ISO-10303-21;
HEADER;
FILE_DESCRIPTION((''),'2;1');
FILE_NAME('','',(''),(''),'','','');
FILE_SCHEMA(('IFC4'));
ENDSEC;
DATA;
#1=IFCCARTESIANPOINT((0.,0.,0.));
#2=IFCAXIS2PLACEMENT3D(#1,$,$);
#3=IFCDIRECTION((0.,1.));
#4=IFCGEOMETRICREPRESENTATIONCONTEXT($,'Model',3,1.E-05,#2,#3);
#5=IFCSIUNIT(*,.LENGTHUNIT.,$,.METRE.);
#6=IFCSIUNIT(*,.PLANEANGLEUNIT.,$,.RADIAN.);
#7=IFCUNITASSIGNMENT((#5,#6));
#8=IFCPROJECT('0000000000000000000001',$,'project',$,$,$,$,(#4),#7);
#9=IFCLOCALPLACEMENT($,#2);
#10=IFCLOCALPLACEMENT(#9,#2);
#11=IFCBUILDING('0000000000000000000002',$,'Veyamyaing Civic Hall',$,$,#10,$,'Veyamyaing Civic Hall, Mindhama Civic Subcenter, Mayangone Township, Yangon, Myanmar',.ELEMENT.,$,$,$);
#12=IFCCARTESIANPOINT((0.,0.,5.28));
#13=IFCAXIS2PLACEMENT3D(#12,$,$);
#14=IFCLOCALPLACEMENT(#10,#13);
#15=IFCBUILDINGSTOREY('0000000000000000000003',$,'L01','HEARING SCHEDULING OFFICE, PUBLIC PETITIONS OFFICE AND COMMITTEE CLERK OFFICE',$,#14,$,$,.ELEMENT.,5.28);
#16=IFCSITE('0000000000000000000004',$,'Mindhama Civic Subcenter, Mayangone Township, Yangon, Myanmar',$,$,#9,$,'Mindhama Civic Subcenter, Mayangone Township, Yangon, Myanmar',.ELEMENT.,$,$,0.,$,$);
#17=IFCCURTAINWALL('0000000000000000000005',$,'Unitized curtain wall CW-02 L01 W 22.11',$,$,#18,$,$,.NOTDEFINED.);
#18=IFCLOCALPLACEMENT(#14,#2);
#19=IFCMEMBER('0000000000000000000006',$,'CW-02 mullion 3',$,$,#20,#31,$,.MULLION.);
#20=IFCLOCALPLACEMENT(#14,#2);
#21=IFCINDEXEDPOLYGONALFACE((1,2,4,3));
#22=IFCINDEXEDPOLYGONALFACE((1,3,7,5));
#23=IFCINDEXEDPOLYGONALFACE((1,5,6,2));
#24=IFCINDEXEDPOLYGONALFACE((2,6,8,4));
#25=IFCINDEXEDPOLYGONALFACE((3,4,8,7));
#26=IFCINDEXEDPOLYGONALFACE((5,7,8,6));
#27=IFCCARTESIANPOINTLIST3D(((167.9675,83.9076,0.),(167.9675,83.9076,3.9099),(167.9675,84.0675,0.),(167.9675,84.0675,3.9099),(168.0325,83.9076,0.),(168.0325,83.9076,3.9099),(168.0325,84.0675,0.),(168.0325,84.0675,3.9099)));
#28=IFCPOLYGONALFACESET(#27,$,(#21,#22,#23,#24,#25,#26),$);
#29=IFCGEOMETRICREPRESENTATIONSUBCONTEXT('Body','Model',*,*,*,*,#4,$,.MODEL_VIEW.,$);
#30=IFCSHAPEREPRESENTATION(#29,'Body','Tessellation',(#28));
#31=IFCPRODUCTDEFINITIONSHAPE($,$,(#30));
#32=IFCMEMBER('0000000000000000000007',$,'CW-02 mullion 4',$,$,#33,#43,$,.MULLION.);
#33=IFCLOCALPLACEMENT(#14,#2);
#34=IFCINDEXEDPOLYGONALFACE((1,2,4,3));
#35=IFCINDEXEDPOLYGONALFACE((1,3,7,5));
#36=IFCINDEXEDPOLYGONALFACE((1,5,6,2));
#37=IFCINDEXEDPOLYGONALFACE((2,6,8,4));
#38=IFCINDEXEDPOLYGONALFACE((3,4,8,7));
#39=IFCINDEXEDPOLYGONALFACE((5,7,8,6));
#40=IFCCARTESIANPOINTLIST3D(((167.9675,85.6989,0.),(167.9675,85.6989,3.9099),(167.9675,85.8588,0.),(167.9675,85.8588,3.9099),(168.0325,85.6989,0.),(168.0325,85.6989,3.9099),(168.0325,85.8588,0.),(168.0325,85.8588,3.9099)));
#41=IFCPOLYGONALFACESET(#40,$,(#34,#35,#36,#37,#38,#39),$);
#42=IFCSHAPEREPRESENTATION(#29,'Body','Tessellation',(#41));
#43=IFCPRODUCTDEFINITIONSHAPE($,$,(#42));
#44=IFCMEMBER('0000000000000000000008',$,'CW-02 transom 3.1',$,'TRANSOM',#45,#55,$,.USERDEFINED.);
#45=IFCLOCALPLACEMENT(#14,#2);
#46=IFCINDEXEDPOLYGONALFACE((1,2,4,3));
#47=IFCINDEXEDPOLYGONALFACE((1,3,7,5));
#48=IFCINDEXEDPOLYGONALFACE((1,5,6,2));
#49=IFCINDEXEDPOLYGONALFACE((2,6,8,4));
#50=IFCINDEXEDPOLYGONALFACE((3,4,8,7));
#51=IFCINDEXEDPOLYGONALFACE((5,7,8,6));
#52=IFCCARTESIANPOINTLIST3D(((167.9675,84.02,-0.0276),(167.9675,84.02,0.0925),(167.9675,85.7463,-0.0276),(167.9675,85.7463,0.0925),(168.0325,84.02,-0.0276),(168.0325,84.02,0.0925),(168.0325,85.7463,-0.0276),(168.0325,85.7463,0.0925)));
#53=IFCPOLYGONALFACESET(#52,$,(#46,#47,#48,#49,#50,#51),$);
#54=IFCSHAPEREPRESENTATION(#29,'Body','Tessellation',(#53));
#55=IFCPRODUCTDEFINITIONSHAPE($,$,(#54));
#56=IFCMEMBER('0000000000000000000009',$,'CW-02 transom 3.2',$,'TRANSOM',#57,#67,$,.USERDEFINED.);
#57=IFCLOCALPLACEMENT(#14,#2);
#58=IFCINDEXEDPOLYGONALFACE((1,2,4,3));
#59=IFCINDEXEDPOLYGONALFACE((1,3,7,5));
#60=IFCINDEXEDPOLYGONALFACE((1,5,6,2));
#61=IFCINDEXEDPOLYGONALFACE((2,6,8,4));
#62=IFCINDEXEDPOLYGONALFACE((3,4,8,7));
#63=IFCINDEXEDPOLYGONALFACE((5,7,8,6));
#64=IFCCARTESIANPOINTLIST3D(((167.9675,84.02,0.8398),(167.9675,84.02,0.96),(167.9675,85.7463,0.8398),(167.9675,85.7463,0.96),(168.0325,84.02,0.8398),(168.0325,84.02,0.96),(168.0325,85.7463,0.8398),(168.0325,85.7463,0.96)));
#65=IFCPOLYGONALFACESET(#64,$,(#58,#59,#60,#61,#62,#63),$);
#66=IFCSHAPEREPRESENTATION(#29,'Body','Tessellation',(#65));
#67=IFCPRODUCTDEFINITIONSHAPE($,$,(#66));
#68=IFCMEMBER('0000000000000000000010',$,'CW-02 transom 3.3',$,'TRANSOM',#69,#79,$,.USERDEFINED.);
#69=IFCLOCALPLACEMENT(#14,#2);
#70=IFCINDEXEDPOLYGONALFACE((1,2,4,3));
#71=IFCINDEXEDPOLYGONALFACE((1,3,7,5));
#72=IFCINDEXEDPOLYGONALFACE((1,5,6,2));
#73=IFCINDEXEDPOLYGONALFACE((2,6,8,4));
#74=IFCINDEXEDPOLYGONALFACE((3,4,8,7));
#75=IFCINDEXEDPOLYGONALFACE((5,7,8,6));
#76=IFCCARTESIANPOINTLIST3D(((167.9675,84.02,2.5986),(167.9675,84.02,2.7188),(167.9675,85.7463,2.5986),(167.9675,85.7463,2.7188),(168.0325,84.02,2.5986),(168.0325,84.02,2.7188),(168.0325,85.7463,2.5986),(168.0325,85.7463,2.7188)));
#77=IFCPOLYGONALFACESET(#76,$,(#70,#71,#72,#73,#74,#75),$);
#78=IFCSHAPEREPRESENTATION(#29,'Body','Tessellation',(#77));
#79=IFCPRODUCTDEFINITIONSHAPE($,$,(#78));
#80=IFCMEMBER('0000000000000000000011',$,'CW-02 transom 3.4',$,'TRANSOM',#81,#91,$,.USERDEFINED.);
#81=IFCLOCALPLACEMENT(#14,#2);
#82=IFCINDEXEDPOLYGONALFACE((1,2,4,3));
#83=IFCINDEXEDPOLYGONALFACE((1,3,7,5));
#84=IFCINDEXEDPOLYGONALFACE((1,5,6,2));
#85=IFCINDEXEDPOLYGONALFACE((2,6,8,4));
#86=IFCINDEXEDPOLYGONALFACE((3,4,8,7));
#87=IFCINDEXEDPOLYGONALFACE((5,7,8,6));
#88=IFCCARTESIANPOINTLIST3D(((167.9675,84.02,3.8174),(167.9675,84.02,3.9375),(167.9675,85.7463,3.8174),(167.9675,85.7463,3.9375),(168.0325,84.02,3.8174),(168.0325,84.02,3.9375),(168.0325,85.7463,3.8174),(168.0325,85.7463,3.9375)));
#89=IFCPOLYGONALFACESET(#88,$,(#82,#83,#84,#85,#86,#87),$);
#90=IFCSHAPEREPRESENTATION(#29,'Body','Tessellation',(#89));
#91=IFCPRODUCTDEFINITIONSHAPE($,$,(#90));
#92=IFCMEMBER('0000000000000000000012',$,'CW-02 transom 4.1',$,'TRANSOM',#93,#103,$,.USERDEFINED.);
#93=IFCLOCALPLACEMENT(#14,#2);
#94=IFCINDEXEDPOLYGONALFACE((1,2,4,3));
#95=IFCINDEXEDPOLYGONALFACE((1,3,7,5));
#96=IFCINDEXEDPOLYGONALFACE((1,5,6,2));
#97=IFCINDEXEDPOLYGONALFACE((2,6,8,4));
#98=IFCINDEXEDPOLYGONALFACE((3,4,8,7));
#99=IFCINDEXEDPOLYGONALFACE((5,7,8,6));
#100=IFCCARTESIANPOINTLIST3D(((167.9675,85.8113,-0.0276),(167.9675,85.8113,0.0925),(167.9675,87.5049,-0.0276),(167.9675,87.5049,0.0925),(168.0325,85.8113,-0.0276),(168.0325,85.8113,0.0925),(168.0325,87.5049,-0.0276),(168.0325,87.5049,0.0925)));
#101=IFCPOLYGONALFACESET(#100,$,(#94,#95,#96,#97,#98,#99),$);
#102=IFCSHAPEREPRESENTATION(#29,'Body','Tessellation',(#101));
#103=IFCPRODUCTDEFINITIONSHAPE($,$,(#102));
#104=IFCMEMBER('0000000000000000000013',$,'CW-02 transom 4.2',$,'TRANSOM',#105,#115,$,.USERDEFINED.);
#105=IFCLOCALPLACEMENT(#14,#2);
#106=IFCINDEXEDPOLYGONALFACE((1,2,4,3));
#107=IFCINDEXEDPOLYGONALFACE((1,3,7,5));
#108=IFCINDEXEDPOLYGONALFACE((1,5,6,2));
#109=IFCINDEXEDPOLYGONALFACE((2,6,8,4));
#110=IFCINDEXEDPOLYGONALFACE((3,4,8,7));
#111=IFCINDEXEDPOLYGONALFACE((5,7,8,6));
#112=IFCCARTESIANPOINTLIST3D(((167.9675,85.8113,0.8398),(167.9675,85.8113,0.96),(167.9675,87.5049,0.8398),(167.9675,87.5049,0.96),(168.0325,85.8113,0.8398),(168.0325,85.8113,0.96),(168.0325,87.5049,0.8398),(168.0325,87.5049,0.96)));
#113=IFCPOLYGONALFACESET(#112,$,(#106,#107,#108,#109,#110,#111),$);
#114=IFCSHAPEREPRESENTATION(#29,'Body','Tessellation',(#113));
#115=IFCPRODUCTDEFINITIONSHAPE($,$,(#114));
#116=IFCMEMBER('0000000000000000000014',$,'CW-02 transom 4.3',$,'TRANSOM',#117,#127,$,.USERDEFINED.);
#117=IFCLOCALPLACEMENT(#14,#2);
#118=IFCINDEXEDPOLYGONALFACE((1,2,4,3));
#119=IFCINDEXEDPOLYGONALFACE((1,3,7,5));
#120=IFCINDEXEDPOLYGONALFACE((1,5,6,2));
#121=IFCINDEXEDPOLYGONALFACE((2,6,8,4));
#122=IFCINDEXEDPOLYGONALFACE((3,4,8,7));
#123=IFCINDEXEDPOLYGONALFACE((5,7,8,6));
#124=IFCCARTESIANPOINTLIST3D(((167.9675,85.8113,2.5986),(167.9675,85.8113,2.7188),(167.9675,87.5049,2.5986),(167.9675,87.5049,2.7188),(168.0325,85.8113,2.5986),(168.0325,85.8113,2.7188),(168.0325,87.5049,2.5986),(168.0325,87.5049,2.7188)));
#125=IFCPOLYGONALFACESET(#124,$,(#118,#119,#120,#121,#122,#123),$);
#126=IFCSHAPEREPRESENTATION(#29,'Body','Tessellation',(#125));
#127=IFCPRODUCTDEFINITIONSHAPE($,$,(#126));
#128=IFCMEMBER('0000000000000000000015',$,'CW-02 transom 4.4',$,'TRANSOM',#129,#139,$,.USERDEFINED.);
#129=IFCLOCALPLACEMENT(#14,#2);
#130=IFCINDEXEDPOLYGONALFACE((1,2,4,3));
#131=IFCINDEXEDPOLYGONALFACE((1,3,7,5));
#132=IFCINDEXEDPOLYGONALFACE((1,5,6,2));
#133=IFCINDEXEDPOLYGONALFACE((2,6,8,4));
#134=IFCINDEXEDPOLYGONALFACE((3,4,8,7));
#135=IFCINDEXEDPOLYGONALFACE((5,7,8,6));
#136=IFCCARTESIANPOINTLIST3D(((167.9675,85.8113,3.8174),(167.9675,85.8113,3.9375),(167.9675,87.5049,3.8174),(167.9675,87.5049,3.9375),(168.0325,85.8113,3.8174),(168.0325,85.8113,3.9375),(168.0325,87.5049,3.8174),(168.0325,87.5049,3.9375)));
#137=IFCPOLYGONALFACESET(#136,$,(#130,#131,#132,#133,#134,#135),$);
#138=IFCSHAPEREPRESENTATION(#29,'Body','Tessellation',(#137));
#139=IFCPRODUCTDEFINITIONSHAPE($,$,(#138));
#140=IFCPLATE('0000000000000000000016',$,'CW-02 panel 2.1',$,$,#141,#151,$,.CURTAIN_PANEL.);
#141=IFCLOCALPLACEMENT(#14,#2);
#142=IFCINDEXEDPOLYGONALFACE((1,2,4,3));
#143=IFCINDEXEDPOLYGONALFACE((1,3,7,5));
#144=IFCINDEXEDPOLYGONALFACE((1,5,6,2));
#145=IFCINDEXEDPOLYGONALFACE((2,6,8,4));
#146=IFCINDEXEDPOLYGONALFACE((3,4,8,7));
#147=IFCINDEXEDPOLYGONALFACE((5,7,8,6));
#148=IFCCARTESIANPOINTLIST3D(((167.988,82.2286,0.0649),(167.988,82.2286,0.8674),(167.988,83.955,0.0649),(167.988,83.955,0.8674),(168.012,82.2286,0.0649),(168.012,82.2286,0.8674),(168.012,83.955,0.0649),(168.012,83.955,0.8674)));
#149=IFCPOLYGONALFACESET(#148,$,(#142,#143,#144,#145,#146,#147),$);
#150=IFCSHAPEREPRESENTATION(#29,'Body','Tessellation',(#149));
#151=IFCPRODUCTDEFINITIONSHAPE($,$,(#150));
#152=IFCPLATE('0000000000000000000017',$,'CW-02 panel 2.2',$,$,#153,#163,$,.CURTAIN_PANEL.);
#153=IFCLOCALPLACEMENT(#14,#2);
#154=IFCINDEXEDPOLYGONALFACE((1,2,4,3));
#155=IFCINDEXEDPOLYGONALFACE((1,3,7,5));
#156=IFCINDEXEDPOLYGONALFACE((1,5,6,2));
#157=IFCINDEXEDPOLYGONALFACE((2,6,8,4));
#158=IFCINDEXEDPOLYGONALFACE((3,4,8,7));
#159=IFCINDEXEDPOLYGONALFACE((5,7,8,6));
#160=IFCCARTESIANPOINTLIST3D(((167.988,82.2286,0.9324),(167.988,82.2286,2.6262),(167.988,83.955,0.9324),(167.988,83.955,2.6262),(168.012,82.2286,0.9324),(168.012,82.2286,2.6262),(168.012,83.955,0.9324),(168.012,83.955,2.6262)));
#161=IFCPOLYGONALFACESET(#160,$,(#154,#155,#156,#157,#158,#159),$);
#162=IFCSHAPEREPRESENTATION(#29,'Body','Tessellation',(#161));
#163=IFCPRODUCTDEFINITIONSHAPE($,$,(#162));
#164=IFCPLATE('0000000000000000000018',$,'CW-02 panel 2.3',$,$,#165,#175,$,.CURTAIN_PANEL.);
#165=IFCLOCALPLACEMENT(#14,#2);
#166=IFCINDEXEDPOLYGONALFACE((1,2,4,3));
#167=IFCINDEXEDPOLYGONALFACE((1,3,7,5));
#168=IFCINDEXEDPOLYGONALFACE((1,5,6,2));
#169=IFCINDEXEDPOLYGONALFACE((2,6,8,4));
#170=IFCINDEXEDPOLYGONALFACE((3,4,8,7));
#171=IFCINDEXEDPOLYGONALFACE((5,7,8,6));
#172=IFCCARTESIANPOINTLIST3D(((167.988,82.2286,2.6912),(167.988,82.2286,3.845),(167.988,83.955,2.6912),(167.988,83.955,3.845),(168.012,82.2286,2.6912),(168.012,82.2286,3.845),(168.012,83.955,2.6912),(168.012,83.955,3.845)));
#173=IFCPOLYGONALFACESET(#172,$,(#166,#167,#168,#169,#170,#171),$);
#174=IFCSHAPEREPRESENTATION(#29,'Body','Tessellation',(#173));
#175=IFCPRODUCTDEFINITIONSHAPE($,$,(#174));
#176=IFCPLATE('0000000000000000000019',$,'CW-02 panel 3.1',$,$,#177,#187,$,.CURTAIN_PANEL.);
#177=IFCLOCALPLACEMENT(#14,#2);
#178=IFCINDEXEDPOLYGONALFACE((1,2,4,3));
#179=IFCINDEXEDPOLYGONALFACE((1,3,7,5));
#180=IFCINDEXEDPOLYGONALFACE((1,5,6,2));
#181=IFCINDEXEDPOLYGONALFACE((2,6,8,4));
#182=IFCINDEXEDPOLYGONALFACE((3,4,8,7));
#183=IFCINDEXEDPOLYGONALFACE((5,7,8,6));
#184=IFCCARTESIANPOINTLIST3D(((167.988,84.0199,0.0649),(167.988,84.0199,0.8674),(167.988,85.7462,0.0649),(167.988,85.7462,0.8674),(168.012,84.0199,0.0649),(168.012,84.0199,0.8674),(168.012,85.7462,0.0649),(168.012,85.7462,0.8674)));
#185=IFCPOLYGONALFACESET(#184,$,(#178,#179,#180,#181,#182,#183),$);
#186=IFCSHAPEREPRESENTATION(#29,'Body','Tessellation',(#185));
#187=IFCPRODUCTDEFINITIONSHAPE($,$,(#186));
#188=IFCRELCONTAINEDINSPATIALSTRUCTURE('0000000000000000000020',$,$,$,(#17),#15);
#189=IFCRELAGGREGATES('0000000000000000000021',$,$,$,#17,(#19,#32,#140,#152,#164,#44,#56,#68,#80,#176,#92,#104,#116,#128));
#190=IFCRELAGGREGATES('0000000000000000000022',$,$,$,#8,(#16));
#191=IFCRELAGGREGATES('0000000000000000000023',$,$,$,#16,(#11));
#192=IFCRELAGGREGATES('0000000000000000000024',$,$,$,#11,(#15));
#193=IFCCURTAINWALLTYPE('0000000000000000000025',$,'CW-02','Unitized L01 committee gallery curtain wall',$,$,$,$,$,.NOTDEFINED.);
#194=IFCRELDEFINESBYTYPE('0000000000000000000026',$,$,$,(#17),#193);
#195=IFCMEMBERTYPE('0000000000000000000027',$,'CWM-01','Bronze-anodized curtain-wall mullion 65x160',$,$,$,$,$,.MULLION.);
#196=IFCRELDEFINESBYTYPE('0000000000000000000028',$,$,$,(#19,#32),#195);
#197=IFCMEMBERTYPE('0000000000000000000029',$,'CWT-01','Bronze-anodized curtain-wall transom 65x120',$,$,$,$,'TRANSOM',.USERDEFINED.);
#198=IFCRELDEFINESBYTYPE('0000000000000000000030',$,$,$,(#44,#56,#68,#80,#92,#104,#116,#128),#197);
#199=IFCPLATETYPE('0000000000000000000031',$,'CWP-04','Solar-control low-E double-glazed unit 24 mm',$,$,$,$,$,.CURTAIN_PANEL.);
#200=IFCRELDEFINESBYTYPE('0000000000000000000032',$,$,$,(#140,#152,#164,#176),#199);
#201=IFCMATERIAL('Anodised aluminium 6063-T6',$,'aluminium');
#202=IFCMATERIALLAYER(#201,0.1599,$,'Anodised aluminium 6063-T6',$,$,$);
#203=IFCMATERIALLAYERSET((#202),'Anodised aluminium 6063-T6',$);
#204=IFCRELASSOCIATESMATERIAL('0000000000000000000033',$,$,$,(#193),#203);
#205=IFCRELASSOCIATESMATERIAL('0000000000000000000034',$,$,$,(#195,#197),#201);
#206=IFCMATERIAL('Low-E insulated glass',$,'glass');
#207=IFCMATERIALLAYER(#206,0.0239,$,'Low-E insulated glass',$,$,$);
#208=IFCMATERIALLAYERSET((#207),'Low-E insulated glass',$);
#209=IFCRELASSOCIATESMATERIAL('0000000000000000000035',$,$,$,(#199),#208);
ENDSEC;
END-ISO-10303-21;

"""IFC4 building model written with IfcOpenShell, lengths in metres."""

from ifc_helpers import new_model, si_unit, direction, frame, origin, origin_2d, place, context, subcontext, project, spatial, rectangle, extrude, material, layer, layer_set, material_profile, profile_set, type_object, element, aggregate, save


model = new_model("IFC4")

# Units and contexts
model_context = context("Model", 3, precision=1e-05, world=origin(), true_north=direction((0.0, 1.0)))
body_context = subcontext(model_context, "Body", "Model", "MODEL_VIEW")
ifc_project = project(units=[si_unit("LENGTHUNIT", "METRE"), si_unit("PLANEANGLEUNIT", "RADIAN")], contexts=[model_context])

# Site, building, storey
site_placement = place(None, origin())
site = spatial("IfcSite", under=ifc_project, at=site_placement, Name="Mindhama Civic Subcenter, Mayangone Township, Yangon, Myanmar", LongName="Mindhama Civic Subcenter, Mayangone Township, Yangon, Myanmar", CompositionType="ELEMENT", RefElevation=0.0)
building_placement = place(site_placement, origin())
building = spatial("IfcBuilding", under=site, at=building_placement, Name="Veyamyaing Civic Hall", LongName="Veyamyaing Civic Hall, Mindhama Civic Subcenter, Mayangone Township, Yangon, Myanmar", CompositionType="ELEMENT")
storey_placement = place(building_placement, frame((0.0, 0.0, 5.28)))
storey = spatial("IfcBuildingStorey", under=building, at=storey_placement, Name="L01", Description="HEARING SCHEDULING OFFICE, PUBLIC PETITIONS OFFICE AND COMMITTEE CLERK OFFICE", CompositionType="ELEMENT", Elevation=5.28)

# Curtain wall, members, plates
ifc_material_1 = material(Name="Anodised aluminium 6063-T6", Category="aluminium")
ifc_layer_1 = layer(ifc_material_1, 0.1599, Name="Anodised aluminium 6063-T6")
ifc_layer_set_1 = layer_set([ifc_layer_1], Name="Anodised aluminium 6063-T6")
curtain_wall_type = type_object("IfcCurtainWallType", Name="CW-02", Description="Unitized L01 committee gallery curtain wall", PredefinedType="NOTDEFINED", material=ifc_layer_set_1)
curtain_wall_placement = place(storey_placement, origin())
curtain_wall = element("IfcCurtainWall", 1, at=curtain_wall_placement, inside=storey, type_object=curtain_wall_type, Name="Unitized curtain wall CW-02 L01 W 22.11", PredefinedType="NOTDEFINED")
ifc_material_profile_1 = material_profile(ifc_material_1, rectangle(XDim=0.0649, YDim=0.1599, at=origin_2d()), Name="ALU-MUL-65X160")
ifc_profile_set_1 = profile_set([ifc_material_profile_1], Name="Anodised aluminium 6063-T6")
member_type_1 = type_object("IfcMemberType", Name="CWM-01", Description="Bronze-anodized curtain-wall mullion 65x160", PredefinedType="MULLION", material=ifc_profile_set_1)
member_1_placement = place(storey_placement, frame((168.0, 83.9875, 0.0), z_axis=(0.0, 0.0, 1.0), x_axis=(-1.0, 0.0, 0.0)))
member_1 = element("IfcMember", 2, at=member_1_placement, type_object=member_type_1, Name="CW-02 mullion 3", PredefinedType="MULLION", context=body_context, shape_type="SweptSolid", body=[
    extrude(rectangle(XDim=0.0649, YDim=0.1599, at=origin_2d()), origin(), (0.0, 0.0, 1.0), 3.9099),
])
member_2_placement = place(storey_placement, frame((168.0, 85.7788, 0.0), z_axis=(0.0, 0.0, 1.0), x_axis=(-1.0, 0.0, 0.0)))
member_2 = element("IfcMember", 3, at=member_2_placement, type_object=member_type_1, Name="CW-02 mullion 4", PredefinedType="MULLION", context=body_context, shape_type="SweptSolid", body=[
    extrude(rectangle(XDim=0.0649, YDim=0.1599, at=origin_2d()), origin(), (0.0, 0.0, 1.0), 3.9099),
])
ifc_material_profile_2 = material_profile(ifc_material_1, rectangle(XDim=0.0649, YDim=0.1201, at=origin_2d()), Name="ALU-TRN-65X120")
ifc_profile_set_2 = profile_set([ifc_material_profile_2], Name="Anodised aluminium 6063-T6")
member_type_2 = type_object("IfcMemberType", Name="CWT-01", Description="Bronze-anodized curtain-wall transom 65x120", ElementType="TRANSOM", PredefinedType="USERDEFINED", material=ifc_profile_set_2)
member_3_placement = place(storey_placement, frame((168.0, 84.02, 0.0325), z_axis=(0.0, 1.0, 0.0), x_axis=(-1.0, 0.0, 0.0)))
member_3 = element("IfcMember", 4, at=member_3_placement, type_object=member_type_2, Name="CW-02 transom 3.1", ObjectType="TRANSOM", PredefinedType="USERDEFINED", context=body_context, shape_type="SweptSolid", body=[
    extrude(rectangle(XDim=0.0649, YDim=0.1201, at=origin_2d()), origin(), (0.0, 0.0, 1.0), 1.7263),
])
member_4_placement = place(storey_placement, frame((168.0, 84.02, 0.8999), z_axis=(0.0, 1.0, 0.0), x_axis=(-1.0, 0.0, 0.0)))
member_4 = element("IfcMember", 5, at=member_4_placement, type_object=member_type_2, Name="CW-02 transom 3.2", ObjectType="TRANSOM", PredefinedType="USERDEFINED", context=body_context, shape_type="SweptSolid", body=[
    extrude(rectangle(XDim=0.0649, YDim=0.1201, at=origin_2d()), origin(), (0.0, 0.0, 1.0), 1.7263),
])
member_5_placement = place(storey_placement, frame((168.0, 84.02, 2.6587), z_axis=(0.0, 1.0, 0.0), x_axis=(-1.0, 0.0, 0.0)))
member_5 = element("IfcMember", 6, at=member_5_placement, type_object=member_type_2, Name="CW-02 transom 3.3", ObjectType="TRANSOM", PredefinedType="USERDEFINED", context=body_context, shape_type="SweptSolid", body=[
    extrude(rectangle(XDim=0.0649, YDim=0.1201, at=origin_2d()), origin(), (0.0, 0.0, 1.0), 1.7263),
])
member_6_placement = place(storey_placement, frame((168.0, 84.02, 3.8774), z_axis=(0.0, 1.0, 0.0), x_axis=(-1.0, 0.0, 0.0)))
member_6 = element("IfcMember", 7, at=member_6_placement, type_object=member_type_2, Name="CW-02 transom 3.4", ObjectType="TRANSOM", PredefinedType="USERDEFINED", context=body_context, shape_type="SweptSolid", body=[
    extrude(rectangle(XDim=0.0649, YDim=0.1201, at=origin_2d()), origin(), (0.0, 0.0, 1.0), 1.7263),
])
member_7_placement = place(storey_placement, frame((168.0, 85.8113, 0.0325), z_axis=(0.0, 1.0, 0.0), x_axis=(-1.0, 0.0, 0.0)))
member_7 = element("IfcMember", 8, at=member_7_placement, type_object=member_type_2, Name="CW-02 transom 4.1", ObjectType="TRANSOM", PredefinedType="USERDEFINED", context=body_context, shape_type="SweptSolid", body=[
    extrude(rectangle(XDim=0.0649, YDim=0.1201, at=origin_2d()), origin(), (0.0, 0.0, 1.0), 1.6936),
])
member_8_placement = place(storey_placement, frame((168.0, 85.8113, 0.8999), z_axis=(0.0, 1.0, 0.0), x_axis=(-1.0, 0.0, 0.0)))
member_8 = element("IfcMember", 9, at=member_8_placement, type_object=member_type_2, Name="CW-02 transom 4.2", ObjectType="TRANSOM", PredefinedType="USERDEFINED", context=body_context, shape_type="SweptSolid", body=[
    extrude(rectangle(XDim=0.0649, YDim=0.1201, at=origin_2d()), origin(), (0.0, 0.0, 1.0), 1.6936),
])
member_9_placement = place(storey_placement, frame((168.0, 85.8113, 2.6587), z_axis=(0.0, 1.0, 0.0), x_axis=(-1.0, 0.0, 0.0)))
member_9 = element("IfcMember", 10, at=member_9_placement, type_object=member_type_2, Name="CW-02 transom 4.3", ObjectType="TRANSOM", PredefinedType="USERDEFINED", context=body_context, shape_type="SweptSolid", body=[
    extrude(rectangle(XDim=0.0649, YDim=0.1201, at=origin_2d()), origin(), (0.0, 0.0, 1.0), 1.6936),
])
member_10_placement = place(storey_placement, frame((168.0, 85.8113, 3.8774), z_axis=(0.0, 1.0, 0.0), x_axis=(-1.0, 0.0, 0.0)))
member_10 = element("IfcMember", 11, at=member_10_placement, type_object=member_type_2, Name="CW-02 transom 4.4", ObjectType="TRANSOM", PredefinedType="USERDEFINED", context=body_context, shape_type="SweptSolid", body=[
    extrude(rectangle(XDim=0.0649, YDim=0.1201, at=origin_2d()), origin(), (0.0, 0.0, 1.0), 1.6936),
])
ifc_material_2 = material(Name="Low-E insulated glass", Category="glass")
ifc_layer_2 = layer(ifc_material_2, 0.0239, Name="Low-E insulated glass")
ifc_layer_set_2 = layer_set([ifc_layer_2], Name="Low-E insulated glass")
plate_type = type_object("IfcPlateType", Name="CWP-04", Description="Solar-control low-E double-glazed unit 24 mm", PredefinedType="CURTAIN_PANEL", material=ifc_layer_set_2)
plate_1_placement = place(storey_placement, frame((168.0, 83.0918, 0.0649), z_axis=(0.0, 0.0, 1.0), x_axis=(0.0, 1.0, 0.0)))
plate_1 = element("IfcPlate", 12, at=plate_1_placement, type_object=plate_type, Name="CW-02 panel 2.1", PredefinedType="CURTAIN_PANEL", context=body_context, shape_type="SweptSolid", body=[
    extrude(rectangle(XDim=1.7263, YDim=0.0239, at=origin_2d()), origin(), (0.0, 0.0, 1.0), 0.8025),
])
plate_2_placement = place(storey_placement, frame((168.0, 83.0918, 0.9324), z_axis=(0.0, 0.0, 1.0), x_axis=(0.0, 1.0, 0.0)))
plate_2 = element("IfcPlate", 13, at=plate_2_placement, type_object=plate_type, Name="CW-02 panel 2.2", PredefinedType="CURTAIN_PANEL", context=body_context, shape_type="SweptSolid", body=[
    extrude(rectangle(XDim=1.7263, YDim=0.0239, at=origin_2d()), origin(), (0.0, 0.0, 1.0), 1.6938),
])
plate_3_placement = place(storey_placement, frame((168.0, 83.0918, 2.6912), z_axis=(0.0, 0.0, 1.0), x_axis=(0.0, 1.0, 0.0)))
plate_3 = element("IfcPlate", 14, at=plate_3_placement, type_object=plate_type, Name="CW-02 panel 2.3", PredefinedType="CURTAIN_PANEL", context=body_context, shape_type="SweptSolid", body=[
    extrude(rectangle(XDim=1.7263, YDim=0.0239, at=origin_2d()), origin(), (0.0, 0.0, 1.0), 1.1538),
])
plate_4_placement = place(storey_placement, frame((168.0, 84.8831, 0.0649), z_axis=(0.0, 0.0, 1.0), x_axis=(0.0, 1.0, 0.0)))
plate_4 = element("IfcPlate", 15, at=plate_4_placement, type_object=plate_type, Name="CW-02 panel 3.1", PredefinedType="CURTAIN_PANEL", context=body_context, shape_type="SweptSolid", body=[
    extrude(rectangle(XDim=1.7263, YDim=0.0239, at=origin_2d()), origin(), (0.0, 0.0, 1.0), 0.8025),
])
aggregate(curtain_wall, [member_1, member_2, plate_1, plate_2, plate_3, member_3, member_4, member_5, member_6, plate_4, member_7, member_8, member_9, member_10])

save(model, "model.ifc")
